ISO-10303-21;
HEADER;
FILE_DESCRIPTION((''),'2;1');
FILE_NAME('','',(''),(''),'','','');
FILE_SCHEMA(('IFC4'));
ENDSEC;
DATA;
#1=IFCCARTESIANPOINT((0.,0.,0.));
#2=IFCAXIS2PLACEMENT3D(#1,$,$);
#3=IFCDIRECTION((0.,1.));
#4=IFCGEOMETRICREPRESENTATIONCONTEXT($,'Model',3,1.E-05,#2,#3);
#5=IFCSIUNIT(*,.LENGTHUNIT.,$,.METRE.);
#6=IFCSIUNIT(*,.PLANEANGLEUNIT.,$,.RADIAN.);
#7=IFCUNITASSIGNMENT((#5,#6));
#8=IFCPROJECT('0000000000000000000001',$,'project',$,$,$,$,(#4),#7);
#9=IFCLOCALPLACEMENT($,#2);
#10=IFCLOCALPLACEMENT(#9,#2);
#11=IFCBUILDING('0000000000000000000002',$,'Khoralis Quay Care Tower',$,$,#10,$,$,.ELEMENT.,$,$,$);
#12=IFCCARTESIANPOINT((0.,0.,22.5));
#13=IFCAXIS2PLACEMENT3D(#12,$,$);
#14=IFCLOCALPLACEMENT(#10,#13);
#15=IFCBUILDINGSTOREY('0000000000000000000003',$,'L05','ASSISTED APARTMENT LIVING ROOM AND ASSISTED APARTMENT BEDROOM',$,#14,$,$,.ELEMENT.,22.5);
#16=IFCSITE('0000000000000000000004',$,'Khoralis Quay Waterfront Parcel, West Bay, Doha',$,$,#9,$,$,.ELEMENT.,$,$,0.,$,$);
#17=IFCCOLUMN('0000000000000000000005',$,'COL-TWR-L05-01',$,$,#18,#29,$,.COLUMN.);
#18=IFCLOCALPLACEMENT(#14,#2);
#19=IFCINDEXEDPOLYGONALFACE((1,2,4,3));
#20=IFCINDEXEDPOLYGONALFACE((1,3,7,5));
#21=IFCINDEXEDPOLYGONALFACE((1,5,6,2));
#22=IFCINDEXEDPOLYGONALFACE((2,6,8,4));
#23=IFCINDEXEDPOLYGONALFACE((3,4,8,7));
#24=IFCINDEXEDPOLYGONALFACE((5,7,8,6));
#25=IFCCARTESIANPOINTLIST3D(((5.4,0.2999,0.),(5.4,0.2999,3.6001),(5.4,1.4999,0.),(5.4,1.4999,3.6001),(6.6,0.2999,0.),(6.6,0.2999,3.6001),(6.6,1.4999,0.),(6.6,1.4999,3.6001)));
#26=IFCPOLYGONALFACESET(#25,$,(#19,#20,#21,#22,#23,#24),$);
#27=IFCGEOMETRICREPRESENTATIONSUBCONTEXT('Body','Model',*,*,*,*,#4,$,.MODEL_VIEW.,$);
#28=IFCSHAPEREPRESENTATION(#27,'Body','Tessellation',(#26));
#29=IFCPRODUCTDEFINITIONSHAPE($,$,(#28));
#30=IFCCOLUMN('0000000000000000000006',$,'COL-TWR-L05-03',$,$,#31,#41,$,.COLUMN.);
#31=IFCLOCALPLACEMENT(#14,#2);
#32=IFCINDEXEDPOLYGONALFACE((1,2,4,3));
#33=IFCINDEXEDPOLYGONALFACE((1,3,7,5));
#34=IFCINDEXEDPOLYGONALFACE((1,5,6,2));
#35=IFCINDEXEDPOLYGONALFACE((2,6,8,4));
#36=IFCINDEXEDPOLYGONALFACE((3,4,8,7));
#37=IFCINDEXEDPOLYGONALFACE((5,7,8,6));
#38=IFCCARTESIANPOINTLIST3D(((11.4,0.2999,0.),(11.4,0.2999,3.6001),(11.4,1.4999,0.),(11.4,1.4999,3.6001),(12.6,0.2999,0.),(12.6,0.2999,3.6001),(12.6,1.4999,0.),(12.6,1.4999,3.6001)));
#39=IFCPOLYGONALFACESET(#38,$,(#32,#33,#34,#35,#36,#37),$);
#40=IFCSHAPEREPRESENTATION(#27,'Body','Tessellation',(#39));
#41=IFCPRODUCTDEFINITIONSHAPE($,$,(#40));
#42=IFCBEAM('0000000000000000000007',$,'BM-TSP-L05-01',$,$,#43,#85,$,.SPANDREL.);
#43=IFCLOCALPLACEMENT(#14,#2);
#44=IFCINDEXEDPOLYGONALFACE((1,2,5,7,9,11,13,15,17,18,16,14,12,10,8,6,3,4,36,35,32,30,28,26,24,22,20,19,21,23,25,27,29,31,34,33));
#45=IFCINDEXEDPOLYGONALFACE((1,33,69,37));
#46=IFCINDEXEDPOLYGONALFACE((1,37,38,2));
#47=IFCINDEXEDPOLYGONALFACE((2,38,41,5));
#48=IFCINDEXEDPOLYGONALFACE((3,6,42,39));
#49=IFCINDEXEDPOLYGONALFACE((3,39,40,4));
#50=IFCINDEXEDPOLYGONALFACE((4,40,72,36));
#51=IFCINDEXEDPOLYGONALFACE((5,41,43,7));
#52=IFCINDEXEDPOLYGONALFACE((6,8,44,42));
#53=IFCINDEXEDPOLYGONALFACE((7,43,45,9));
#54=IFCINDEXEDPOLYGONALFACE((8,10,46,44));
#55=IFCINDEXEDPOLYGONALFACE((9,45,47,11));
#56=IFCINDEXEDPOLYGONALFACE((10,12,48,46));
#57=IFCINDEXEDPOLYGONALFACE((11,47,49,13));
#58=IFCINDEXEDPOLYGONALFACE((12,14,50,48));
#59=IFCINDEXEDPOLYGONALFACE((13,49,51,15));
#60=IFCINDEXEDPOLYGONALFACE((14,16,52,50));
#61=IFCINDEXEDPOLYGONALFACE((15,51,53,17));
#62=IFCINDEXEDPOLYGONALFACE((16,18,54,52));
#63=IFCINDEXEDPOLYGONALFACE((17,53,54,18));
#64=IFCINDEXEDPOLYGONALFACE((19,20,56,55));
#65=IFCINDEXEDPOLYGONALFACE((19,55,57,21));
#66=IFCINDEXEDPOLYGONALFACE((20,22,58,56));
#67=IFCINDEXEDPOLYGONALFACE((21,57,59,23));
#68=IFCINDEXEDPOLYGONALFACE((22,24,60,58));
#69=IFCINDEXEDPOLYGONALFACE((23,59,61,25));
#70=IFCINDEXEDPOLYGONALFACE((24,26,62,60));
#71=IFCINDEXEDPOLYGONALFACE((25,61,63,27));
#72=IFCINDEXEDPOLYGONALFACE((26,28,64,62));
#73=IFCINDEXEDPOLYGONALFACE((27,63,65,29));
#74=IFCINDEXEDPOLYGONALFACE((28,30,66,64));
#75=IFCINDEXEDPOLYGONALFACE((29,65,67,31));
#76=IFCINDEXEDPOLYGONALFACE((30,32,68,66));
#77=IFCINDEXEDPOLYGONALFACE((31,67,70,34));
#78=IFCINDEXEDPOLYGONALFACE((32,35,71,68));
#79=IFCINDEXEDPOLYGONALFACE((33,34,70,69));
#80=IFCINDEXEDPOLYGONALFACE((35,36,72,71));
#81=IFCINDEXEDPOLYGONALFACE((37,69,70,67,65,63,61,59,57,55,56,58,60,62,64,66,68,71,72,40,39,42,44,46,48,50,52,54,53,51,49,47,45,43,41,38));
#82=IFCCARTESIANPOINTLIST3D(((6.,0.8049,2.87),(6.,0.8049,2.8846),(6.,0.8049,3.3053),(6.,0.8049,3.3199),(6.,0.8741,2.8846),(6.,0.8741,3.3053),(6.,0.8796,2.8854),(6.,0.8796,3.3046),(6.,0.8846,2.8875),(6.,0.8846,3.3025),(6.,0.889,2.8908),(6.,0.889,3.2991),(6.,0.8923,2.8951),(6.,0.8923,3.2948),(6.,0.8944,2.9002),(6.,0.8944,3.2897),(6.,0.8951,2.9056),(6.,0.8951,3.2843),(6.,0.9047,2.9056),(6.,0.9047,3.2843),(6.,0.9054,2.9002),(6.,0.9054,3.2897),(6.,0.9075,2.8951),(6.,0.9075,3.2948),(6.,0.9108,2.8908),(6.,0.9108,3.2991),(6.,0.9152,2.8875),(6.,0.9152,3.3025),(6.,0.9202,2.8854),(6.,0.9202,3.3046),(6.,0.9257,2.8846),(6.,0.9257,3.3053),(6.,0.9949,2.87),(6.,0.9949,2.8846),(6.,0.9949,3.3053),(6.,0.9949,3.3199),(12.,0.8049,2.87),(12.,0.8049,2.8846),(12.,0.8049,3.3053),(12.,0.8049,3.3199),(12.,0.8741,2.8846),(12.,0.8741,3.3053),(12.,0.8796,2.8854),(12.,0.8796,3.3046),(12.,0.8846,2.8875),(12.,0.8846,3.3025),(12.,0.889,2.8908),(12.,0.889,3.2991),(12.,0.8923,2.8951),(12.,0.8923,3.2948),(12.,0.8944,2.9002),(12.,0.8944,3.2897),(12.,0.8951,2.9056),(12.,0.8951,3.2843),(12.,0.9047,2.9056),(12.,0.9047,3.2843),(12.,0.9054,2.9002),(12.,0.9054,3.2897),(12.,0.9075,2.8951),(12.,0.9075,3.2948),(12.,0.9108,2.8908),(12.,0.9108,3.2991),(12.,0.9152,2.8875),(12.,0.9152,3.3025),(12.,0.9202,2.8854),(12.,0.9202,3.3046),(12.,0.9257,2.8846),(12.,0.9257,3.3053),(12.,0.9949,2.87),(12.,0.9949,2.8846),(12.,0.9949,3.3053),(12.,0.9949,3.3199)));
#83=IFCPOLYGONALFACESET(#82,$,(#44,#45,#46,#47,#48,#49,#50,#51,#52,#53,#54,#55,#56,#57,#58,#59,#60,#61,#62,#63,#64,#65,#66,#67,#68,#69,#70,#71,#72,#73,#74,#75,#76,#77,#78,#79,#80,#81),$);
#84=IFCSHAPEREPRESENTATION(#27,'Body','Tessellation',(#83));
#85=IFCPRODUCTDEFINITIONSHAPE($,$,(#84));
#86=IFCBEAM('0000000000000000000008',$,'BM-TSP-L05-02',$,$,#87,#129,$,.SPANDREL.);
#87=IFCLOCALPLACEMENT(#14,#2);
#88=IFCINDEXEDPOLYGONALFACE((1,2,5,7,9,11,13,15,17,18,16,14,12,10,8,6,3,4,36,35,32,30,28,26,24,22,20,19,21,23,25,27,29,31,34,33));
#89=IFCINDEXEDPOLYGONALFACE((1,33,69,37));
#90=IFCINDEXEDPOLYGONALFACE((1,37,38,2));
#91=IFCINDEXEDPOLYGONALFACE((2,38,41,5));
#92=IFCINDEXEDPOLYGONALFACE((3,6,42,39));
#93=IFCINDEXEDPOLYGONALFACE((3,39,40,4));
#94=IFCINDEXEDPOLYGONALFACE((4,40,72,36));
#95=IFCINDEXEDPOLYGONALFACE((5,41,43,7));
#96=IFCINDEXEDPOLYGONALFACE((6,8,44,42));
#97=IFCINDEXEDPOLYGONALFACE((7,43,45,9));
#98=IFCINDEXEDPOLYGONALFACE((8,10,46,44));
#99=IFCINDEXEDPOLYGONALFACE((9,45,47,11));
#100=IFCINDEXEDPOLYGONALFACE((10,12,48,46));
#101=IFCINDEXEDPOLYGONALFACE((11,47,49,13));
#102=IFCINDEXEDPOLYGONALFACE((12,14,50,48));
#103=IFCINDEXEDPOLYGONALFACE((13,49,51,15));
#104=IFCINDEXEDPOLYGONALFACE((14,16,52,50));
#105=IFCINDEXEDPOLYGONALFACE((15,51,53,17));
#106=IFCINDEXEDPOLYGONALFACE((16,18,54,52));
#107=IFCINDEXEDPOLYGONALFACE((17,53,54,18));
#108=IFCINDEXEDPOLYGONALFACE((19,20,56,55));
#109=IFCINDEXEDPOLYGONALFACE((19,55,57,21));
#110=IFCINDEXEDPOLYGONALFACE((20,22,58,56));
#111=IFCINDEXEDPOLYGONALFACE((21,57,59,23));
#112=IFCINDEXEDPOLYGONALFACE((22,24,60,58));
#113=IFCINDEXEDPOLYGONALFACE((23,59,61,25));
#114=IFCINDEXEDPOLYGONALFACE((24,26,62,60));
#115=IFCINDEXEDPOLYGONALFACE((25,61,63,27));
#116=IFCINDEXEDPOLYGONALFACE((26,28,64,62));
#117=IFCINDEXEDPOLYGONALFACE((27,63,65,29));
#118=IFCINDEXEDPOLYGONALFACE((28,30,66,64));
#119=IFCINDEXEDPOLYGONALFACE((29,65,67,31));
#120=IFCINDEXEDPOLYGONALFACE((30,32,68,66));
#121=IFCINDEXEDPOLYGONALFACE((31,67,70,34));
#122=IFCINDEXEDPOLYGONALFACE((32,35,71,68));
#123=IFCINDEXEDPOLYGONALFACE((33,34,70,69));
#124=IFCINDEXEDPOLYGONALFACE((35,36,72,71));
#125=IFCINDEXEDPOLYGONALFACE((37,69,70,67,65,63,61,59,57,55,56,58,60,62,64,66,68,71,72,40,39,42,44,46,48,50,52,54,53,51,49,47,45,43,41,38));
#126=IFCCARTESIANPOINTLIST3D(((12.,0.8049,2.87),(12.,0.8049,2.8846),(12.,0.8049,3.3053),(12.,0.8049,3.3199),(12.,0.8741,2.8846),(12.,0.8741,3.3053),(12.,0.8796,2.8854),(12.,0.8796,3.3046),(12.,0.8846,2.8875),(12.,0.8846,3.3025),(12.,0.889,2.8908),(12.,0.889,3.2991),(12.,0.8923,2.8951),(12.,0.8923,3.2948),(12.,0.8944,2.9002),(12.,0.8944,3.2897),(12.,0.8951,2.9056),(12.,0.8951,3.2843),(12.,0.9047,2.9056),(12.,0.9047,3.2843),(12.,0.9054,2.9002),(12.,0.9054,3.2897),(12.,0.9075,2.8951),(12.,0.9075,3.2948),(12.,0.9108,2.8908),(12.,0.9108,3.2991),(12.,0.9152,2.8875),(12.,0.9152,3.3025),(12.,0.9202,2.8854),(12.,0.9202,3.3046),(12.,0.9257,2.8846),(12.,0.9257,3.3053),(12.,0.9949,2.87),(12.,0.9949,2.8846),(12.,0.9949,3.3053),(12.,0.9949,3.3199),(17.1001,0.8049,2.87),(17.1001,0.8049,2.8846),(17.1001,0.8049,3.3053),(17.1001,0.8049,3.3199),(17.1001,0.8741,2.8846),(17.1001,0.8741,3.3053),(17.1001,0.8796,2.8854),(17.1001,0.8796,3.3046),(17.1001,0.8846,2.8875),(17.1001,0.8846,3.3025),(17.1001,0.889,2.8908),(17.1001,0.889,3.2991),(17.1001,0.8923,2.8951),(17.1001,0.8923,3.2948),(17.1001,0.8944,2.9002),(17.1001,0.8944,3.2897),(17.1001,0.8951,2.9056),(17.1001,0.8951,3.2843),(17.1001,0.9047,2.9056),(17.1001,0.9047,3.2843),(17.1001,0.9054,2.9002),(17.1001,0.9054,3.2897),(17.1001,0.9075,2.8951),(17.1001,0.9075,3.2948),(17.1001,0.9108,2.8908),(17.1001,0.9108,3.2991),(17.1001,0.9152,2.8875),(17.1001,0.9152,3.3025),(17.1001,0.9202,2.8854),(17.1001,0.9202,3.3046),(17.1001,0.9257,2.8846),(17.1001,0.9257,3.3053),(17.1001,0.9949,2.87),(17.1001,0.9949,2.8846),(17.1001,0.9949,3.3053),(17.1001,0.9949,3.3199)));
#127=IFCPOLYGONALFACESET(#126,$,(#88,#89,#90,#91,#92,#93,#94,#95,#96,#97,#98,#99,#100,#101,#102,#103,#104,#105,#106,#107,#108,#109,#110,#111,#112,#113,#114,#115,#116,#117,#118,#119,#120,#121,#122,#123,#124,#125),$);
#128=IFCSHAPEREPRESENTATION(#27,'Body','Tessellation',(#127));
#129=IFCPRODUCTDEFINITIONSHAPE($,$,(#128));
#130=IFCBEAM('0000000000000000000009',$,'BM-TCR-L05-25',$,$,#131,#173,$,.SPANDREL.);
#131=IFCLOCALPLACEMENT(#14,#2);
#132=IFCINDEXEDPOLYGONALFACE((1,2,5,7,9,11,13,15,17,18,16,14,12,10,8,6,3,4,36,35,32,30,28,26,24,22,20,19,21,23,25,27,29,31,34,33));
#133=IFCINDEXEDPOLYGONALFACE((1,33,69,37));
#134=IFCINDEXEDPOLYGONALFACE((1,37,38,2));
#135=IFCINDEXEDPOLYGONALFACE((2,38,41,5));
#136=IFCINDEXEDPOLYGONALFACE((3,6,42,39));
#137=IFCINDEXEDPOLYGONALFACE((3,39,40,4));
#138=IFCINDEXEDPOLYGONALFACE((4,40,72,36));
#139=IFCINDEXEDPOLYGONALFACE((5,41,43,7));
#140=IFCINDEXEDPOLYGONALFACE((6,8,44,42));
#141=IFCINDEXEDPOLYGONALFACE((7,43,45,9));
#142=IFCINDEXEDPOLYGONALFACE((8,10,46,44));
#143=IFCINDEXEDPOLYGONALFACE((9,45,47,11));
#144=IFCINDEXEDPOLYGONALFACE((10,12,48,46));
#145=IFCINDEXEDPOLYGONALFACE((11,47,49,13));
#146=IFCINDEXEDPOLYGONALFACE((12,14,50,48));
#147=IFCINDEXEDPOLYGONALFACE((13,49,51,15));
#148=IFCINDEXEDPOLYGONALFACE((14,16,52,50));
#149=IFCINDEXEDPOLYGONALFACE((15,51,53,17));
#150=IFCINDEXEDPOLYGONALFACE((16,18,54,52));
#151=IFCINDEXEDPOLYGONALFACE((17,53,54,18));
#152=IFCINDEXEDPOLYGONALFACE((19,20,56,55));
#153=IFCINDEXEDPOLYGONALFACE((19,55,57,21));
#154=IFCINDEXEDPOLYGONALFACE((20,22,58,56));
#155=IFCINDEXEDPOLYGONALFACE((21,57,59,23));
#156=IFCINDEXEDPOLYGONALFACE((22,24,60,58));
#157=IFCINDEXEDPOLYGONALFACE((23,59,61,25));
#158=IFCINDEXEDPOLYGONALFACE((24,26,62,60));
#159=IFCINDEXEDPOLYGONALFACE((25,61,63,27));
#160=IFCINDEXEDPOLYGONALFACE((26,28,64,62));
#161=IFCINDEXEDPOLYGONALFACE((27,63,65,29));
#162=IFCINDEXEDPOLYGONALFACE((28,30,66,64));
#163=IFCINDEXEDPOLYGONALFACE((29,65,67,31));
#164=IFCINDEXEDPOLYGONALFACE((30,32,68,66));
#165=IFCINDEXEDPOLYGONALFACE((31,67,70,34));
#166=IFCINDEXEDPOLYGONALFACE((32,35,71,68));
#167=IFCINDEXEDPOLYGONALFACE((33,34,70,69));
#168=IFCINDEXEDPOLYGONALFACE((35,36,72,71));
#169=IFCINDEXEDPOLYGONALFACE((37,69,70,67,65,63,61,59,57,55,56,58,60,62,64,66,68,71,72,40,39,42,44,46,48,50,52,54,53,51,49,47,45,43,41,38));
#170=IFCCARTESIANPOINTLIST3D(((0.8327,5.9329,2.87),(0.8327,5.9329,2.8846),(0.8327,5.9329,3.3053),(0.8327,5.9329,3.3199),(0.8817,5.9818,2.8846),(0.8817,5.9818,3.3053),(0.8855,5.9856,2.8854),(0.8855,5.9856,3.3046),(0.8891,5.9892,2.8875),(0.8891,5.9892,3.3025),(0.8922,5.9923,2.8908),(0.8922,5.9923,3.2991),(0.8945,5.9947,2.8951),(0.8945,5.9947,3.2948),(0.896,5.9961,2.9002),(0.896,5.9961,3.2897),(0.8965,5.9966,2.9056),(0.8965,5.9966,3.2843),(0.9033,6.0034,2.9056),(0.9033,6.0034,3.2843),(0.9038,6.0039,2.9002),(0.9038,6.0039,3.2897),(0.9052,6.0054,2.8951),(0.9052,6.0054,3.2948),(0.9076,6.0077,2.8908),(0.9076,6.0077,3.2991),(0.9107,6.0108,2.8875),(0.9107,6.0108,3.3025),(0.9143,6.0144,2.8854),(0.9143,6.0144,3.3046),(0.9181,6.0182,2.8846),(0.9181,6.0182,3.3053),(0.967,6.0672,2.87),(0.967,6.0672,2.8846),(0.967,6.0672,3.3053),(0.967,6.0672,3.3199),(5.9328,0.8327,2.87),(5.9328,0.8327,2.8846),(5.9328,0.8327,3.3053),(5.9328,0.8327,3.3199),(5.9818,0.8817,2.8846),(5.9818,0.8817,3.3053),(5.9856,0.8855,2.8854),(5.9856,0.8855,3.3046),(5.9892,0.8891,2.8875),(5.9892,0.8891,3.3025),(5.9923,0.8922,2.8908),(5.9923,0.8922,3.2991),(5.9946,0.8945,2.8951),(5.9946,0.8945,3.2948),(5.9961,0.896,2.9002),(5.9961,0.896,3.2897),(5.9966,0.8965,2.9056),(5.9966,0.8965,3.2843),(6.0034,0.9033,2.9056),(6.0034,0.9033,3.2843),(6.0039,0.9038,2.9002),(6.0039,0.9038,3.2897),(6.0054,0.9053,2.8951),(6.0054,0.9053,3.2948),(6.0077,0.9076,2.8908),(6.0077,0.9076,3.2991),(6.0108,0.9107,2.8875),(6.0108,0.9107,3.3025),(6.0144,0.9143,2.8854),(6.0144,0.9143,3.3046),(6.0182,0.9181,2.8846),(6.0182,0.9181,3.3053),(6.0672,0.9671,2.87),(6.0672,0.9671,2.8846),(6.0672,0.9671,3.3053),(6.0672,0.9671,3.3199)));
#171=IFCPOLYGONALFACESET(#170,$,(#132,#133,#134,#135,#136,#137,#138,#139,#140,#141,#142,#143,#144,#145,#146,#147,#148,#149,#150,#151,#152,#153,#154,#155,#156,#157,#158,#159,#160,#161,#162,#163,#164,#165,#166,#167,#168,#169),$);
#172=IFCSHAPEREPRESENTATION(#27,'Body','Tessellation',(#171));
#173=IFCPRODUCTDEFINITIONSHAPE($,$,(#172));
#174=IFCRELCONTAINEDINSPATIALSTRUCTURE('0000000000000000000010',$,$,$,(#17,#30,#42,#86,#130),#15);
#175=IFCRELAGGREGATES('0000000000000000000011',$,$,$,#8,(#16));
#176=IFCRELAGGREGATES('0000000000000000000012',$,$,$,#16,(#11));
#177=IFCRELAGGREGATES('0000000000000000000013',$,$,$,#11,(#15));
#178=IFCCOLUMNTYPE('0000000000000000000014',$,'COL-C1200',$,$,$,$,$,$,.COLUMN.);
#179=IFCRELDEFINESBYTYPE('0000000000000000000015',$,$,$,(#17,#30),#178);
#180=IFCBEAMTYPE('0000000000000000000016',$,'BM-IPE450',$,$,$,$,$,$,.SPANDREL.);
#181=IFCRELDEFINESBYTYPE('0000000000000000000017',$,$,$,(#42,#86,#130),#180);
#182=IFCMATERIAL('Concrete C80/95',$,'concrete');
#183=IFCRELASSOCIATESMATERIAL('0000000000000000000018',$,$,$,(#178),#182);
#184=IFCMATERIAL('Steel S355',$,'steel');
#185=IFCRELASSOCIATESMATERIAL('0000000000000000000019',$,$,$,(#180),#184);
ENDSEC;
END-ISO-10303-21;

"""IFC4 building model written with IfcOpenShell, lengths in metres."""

from ifc_helpers import new_model, si_unit, direction, frame, origin, origin_2d, place, context, subcontext, project, spatial, rectangle, i_section, extrude, source, transform, mapped, material, material_profile, profile_set, type_object, element, save


model = new_model("IFC4")

# Units and contexts
model_context = context("Model", 3, precision=1e-05, world=origin(), true_north=direction((0.0, 1.0)))
body_context = subcontext(model_context, "Body", "Model", "MODEL_VIEW")
ifc_project = project(units=[si_unit("LENGTHUNIT", "METRE"), si_unit("PLANEANGLEUNIT", "RADIAN")], contexts=[model_context])

# Site, building, storey
site_placement = place(None, origin())
site = spatial("IfcSite", under=ifc_project, at=site_placement, Name="Khoralis Quay Waterfront Parcel, West Bay, Doha", CompositionType="ELEMENT", RefElevation=0.0)
building_placement = place(site_placement, origin())
building = spatial("IfcBuilding", under=site, at=building_placement, Name="Khoralis Quay Care Tower", CompositionType="ELEMENT")
storey_placement = place(building_placement, frame((0.0, 0.0, 22.5)))
storey = spatial("IfcBuildingStorey", under=building, at=storey_placement, Name="L05", Description="ASSISTED APARTMENT LIVING ROOM AND ASSISTED APARTMENT BEDROOM", CompositionType="ELEMENT", Elevation=22.5)

# Columns
ifc_material_1 = material(Name="Concrete C80/95", Category="concrete")
ifc_material_profile_1 = material_profile(ifc_material_1, rectangle(XDim=1.2, YDim=1.2, at=origin_2d()), Name="Concrete C80/95")
ifc_profile_set_1 = profile_set([ifc_material_profile_1], Name="Concrete C80/95")
column_type = type_object("IfcColumnType", Name="COL-C1200", PredefinedType="COLUMN", material=ifc_profile_set_1)
shared_shape_1 = source(origin(), body_context, "Body", "SweptSolid", [
    extrude(rectangle(XDim=1.2, YDim=1.2, at=origin_2d()), origin(), (0.0, 0.0, 1.0), 3.6001),
])
for number, where, z_axis, x_axis, name in (
    (1, (6.0, 0.8999, 0.0), (0.0, 0.0, 1.0), (1.0, 0.0, 0.0), "COL-TWR-L05-01"),
    (2, (12.0, 0.8999, 0.0), (0.0, 0.0, 1.0), (1.0, 0.0, 0.0), "COL-TWR-L05-03"),
):
    element("IfcColumn", number, at=place(storey_placement, frame(where, z_axis=z_axis, x_axis=x_axis)), inside=storey, type_object=column_type, Name=name, PredefinedType="COLUMN", context=body_context, shape_type="MappedRepresentation", body=[
        mapped(shared_shape_1, transform((0.0, 0.0, 0.0), scale=1.0)),
    ])

# Beams
ifc_material_2 = material(Name="Steel S355", Category="steel")
ifc_material_profile_2 = material_profile(ifc_material_2, i_section(OverallWidth=0.1899, OverallDepth=0.45, WebThickness=0.0095, FlangeThickness=0.0146, FilletRadius=0.021, at=origin_2d()), Name="Steel S355")
ifc_profile_set_2 = profile_set([ifc_material_profile_2], Name="Steel S355")
beam_type_1 = type_object("IfcBeamType", Name="BM-IPE450", PredefinedType="SPANDREL", material=ifc_profile_set_2)
shared_shape_2 = source(origin(), body_context, "Body", "SweptSolid", [
    extrude(i_section(OverallWidth=0.1899, OverallDepth=0.45, WebThickness=0.0095, FlangeThickness=0.0146, FilletRadius=0.021, at=origin_2d()), origin(), (0.0, 0.0, 1.0), 6.0),
])
beam_1_placement = place(storey_placement, frame((6.0, 0.8999, 3.095), z_axis=(1.0, 0.0, 0.0), x_axis=(0.0, 1.0, 0.0)))
element("IfcBeam", 3, at=beam_1_placement, inside=storey, type_object=beam_type_1, Name="BM-TSP-L05-01", PredefinedType="SPANDREL", context=body_context, shape_type="MappedRepresentation", body=[
    mapped(shared_shape_2, transform((0.0, 0.0, 0.0), scale=1.0)),
])
shared_shape_3 = source(origin(), body_context, "Body", "SweptSolid", [
    extrude(i_section(OverallWidth=0.1899, OverallDepth=0.45, WebThickness=0.0095, FlangeThickness=0.0146, FilletRadius=0.021, at=origin_2d()), origin(), (0.0, 0.0, 1.0), 5.1001),
])
beam_2_placement = place(storey_placement, frame((12.0, 0.8999, 3.095), z_axis=(1.0, 0.0, 0.0), x_axis=(0.0, 1.0, 0.0)))
element("IfcBeam", 4, at=beam_2_placement, inside=storey, type_object=beam_type_1, Name="BM-TSP-L05-02", PredefinedType="SPANDREL", context=body_context, shape_type="MappedRepresentation", body=[
    mapped(shared_shape_3, transform((0.0, 0.0, 0.0), scale=1.0)),
])
shared_shape_4 = source(origin(), body_context, "Body", "SweptSolid", [
    extrude(i_section(OverallWidth=0.1899, OverallDepth=0.45, WebThickness=0.0095, FlangeThickness=0.0146, FilletRadius=0.021, at=origin_2d()), origin(), (0.0, 0.0, 1.0), 7.2126),
])
beam_3_placement = place(storey_placement, frame((6.0, 0.8999, 3.095), z_axis=(-0.707107, 0.707107, 0.0), x_axis=(-0.707107, -0.707107, 0.0)))
element("IfcBeam", 5, at=beam_3_placement, inside=storey, type_object=beam_type_1, Name="BM-TCR-L05-25", PredefinedType="SPANDREL", context=body_context, shape_type="MappedRepresentation", body=[
    mapped(shared_shape_4, transform((0.0, 0.0, 0.0), scale=1.0)),
])

save(model, "model.ifc")
